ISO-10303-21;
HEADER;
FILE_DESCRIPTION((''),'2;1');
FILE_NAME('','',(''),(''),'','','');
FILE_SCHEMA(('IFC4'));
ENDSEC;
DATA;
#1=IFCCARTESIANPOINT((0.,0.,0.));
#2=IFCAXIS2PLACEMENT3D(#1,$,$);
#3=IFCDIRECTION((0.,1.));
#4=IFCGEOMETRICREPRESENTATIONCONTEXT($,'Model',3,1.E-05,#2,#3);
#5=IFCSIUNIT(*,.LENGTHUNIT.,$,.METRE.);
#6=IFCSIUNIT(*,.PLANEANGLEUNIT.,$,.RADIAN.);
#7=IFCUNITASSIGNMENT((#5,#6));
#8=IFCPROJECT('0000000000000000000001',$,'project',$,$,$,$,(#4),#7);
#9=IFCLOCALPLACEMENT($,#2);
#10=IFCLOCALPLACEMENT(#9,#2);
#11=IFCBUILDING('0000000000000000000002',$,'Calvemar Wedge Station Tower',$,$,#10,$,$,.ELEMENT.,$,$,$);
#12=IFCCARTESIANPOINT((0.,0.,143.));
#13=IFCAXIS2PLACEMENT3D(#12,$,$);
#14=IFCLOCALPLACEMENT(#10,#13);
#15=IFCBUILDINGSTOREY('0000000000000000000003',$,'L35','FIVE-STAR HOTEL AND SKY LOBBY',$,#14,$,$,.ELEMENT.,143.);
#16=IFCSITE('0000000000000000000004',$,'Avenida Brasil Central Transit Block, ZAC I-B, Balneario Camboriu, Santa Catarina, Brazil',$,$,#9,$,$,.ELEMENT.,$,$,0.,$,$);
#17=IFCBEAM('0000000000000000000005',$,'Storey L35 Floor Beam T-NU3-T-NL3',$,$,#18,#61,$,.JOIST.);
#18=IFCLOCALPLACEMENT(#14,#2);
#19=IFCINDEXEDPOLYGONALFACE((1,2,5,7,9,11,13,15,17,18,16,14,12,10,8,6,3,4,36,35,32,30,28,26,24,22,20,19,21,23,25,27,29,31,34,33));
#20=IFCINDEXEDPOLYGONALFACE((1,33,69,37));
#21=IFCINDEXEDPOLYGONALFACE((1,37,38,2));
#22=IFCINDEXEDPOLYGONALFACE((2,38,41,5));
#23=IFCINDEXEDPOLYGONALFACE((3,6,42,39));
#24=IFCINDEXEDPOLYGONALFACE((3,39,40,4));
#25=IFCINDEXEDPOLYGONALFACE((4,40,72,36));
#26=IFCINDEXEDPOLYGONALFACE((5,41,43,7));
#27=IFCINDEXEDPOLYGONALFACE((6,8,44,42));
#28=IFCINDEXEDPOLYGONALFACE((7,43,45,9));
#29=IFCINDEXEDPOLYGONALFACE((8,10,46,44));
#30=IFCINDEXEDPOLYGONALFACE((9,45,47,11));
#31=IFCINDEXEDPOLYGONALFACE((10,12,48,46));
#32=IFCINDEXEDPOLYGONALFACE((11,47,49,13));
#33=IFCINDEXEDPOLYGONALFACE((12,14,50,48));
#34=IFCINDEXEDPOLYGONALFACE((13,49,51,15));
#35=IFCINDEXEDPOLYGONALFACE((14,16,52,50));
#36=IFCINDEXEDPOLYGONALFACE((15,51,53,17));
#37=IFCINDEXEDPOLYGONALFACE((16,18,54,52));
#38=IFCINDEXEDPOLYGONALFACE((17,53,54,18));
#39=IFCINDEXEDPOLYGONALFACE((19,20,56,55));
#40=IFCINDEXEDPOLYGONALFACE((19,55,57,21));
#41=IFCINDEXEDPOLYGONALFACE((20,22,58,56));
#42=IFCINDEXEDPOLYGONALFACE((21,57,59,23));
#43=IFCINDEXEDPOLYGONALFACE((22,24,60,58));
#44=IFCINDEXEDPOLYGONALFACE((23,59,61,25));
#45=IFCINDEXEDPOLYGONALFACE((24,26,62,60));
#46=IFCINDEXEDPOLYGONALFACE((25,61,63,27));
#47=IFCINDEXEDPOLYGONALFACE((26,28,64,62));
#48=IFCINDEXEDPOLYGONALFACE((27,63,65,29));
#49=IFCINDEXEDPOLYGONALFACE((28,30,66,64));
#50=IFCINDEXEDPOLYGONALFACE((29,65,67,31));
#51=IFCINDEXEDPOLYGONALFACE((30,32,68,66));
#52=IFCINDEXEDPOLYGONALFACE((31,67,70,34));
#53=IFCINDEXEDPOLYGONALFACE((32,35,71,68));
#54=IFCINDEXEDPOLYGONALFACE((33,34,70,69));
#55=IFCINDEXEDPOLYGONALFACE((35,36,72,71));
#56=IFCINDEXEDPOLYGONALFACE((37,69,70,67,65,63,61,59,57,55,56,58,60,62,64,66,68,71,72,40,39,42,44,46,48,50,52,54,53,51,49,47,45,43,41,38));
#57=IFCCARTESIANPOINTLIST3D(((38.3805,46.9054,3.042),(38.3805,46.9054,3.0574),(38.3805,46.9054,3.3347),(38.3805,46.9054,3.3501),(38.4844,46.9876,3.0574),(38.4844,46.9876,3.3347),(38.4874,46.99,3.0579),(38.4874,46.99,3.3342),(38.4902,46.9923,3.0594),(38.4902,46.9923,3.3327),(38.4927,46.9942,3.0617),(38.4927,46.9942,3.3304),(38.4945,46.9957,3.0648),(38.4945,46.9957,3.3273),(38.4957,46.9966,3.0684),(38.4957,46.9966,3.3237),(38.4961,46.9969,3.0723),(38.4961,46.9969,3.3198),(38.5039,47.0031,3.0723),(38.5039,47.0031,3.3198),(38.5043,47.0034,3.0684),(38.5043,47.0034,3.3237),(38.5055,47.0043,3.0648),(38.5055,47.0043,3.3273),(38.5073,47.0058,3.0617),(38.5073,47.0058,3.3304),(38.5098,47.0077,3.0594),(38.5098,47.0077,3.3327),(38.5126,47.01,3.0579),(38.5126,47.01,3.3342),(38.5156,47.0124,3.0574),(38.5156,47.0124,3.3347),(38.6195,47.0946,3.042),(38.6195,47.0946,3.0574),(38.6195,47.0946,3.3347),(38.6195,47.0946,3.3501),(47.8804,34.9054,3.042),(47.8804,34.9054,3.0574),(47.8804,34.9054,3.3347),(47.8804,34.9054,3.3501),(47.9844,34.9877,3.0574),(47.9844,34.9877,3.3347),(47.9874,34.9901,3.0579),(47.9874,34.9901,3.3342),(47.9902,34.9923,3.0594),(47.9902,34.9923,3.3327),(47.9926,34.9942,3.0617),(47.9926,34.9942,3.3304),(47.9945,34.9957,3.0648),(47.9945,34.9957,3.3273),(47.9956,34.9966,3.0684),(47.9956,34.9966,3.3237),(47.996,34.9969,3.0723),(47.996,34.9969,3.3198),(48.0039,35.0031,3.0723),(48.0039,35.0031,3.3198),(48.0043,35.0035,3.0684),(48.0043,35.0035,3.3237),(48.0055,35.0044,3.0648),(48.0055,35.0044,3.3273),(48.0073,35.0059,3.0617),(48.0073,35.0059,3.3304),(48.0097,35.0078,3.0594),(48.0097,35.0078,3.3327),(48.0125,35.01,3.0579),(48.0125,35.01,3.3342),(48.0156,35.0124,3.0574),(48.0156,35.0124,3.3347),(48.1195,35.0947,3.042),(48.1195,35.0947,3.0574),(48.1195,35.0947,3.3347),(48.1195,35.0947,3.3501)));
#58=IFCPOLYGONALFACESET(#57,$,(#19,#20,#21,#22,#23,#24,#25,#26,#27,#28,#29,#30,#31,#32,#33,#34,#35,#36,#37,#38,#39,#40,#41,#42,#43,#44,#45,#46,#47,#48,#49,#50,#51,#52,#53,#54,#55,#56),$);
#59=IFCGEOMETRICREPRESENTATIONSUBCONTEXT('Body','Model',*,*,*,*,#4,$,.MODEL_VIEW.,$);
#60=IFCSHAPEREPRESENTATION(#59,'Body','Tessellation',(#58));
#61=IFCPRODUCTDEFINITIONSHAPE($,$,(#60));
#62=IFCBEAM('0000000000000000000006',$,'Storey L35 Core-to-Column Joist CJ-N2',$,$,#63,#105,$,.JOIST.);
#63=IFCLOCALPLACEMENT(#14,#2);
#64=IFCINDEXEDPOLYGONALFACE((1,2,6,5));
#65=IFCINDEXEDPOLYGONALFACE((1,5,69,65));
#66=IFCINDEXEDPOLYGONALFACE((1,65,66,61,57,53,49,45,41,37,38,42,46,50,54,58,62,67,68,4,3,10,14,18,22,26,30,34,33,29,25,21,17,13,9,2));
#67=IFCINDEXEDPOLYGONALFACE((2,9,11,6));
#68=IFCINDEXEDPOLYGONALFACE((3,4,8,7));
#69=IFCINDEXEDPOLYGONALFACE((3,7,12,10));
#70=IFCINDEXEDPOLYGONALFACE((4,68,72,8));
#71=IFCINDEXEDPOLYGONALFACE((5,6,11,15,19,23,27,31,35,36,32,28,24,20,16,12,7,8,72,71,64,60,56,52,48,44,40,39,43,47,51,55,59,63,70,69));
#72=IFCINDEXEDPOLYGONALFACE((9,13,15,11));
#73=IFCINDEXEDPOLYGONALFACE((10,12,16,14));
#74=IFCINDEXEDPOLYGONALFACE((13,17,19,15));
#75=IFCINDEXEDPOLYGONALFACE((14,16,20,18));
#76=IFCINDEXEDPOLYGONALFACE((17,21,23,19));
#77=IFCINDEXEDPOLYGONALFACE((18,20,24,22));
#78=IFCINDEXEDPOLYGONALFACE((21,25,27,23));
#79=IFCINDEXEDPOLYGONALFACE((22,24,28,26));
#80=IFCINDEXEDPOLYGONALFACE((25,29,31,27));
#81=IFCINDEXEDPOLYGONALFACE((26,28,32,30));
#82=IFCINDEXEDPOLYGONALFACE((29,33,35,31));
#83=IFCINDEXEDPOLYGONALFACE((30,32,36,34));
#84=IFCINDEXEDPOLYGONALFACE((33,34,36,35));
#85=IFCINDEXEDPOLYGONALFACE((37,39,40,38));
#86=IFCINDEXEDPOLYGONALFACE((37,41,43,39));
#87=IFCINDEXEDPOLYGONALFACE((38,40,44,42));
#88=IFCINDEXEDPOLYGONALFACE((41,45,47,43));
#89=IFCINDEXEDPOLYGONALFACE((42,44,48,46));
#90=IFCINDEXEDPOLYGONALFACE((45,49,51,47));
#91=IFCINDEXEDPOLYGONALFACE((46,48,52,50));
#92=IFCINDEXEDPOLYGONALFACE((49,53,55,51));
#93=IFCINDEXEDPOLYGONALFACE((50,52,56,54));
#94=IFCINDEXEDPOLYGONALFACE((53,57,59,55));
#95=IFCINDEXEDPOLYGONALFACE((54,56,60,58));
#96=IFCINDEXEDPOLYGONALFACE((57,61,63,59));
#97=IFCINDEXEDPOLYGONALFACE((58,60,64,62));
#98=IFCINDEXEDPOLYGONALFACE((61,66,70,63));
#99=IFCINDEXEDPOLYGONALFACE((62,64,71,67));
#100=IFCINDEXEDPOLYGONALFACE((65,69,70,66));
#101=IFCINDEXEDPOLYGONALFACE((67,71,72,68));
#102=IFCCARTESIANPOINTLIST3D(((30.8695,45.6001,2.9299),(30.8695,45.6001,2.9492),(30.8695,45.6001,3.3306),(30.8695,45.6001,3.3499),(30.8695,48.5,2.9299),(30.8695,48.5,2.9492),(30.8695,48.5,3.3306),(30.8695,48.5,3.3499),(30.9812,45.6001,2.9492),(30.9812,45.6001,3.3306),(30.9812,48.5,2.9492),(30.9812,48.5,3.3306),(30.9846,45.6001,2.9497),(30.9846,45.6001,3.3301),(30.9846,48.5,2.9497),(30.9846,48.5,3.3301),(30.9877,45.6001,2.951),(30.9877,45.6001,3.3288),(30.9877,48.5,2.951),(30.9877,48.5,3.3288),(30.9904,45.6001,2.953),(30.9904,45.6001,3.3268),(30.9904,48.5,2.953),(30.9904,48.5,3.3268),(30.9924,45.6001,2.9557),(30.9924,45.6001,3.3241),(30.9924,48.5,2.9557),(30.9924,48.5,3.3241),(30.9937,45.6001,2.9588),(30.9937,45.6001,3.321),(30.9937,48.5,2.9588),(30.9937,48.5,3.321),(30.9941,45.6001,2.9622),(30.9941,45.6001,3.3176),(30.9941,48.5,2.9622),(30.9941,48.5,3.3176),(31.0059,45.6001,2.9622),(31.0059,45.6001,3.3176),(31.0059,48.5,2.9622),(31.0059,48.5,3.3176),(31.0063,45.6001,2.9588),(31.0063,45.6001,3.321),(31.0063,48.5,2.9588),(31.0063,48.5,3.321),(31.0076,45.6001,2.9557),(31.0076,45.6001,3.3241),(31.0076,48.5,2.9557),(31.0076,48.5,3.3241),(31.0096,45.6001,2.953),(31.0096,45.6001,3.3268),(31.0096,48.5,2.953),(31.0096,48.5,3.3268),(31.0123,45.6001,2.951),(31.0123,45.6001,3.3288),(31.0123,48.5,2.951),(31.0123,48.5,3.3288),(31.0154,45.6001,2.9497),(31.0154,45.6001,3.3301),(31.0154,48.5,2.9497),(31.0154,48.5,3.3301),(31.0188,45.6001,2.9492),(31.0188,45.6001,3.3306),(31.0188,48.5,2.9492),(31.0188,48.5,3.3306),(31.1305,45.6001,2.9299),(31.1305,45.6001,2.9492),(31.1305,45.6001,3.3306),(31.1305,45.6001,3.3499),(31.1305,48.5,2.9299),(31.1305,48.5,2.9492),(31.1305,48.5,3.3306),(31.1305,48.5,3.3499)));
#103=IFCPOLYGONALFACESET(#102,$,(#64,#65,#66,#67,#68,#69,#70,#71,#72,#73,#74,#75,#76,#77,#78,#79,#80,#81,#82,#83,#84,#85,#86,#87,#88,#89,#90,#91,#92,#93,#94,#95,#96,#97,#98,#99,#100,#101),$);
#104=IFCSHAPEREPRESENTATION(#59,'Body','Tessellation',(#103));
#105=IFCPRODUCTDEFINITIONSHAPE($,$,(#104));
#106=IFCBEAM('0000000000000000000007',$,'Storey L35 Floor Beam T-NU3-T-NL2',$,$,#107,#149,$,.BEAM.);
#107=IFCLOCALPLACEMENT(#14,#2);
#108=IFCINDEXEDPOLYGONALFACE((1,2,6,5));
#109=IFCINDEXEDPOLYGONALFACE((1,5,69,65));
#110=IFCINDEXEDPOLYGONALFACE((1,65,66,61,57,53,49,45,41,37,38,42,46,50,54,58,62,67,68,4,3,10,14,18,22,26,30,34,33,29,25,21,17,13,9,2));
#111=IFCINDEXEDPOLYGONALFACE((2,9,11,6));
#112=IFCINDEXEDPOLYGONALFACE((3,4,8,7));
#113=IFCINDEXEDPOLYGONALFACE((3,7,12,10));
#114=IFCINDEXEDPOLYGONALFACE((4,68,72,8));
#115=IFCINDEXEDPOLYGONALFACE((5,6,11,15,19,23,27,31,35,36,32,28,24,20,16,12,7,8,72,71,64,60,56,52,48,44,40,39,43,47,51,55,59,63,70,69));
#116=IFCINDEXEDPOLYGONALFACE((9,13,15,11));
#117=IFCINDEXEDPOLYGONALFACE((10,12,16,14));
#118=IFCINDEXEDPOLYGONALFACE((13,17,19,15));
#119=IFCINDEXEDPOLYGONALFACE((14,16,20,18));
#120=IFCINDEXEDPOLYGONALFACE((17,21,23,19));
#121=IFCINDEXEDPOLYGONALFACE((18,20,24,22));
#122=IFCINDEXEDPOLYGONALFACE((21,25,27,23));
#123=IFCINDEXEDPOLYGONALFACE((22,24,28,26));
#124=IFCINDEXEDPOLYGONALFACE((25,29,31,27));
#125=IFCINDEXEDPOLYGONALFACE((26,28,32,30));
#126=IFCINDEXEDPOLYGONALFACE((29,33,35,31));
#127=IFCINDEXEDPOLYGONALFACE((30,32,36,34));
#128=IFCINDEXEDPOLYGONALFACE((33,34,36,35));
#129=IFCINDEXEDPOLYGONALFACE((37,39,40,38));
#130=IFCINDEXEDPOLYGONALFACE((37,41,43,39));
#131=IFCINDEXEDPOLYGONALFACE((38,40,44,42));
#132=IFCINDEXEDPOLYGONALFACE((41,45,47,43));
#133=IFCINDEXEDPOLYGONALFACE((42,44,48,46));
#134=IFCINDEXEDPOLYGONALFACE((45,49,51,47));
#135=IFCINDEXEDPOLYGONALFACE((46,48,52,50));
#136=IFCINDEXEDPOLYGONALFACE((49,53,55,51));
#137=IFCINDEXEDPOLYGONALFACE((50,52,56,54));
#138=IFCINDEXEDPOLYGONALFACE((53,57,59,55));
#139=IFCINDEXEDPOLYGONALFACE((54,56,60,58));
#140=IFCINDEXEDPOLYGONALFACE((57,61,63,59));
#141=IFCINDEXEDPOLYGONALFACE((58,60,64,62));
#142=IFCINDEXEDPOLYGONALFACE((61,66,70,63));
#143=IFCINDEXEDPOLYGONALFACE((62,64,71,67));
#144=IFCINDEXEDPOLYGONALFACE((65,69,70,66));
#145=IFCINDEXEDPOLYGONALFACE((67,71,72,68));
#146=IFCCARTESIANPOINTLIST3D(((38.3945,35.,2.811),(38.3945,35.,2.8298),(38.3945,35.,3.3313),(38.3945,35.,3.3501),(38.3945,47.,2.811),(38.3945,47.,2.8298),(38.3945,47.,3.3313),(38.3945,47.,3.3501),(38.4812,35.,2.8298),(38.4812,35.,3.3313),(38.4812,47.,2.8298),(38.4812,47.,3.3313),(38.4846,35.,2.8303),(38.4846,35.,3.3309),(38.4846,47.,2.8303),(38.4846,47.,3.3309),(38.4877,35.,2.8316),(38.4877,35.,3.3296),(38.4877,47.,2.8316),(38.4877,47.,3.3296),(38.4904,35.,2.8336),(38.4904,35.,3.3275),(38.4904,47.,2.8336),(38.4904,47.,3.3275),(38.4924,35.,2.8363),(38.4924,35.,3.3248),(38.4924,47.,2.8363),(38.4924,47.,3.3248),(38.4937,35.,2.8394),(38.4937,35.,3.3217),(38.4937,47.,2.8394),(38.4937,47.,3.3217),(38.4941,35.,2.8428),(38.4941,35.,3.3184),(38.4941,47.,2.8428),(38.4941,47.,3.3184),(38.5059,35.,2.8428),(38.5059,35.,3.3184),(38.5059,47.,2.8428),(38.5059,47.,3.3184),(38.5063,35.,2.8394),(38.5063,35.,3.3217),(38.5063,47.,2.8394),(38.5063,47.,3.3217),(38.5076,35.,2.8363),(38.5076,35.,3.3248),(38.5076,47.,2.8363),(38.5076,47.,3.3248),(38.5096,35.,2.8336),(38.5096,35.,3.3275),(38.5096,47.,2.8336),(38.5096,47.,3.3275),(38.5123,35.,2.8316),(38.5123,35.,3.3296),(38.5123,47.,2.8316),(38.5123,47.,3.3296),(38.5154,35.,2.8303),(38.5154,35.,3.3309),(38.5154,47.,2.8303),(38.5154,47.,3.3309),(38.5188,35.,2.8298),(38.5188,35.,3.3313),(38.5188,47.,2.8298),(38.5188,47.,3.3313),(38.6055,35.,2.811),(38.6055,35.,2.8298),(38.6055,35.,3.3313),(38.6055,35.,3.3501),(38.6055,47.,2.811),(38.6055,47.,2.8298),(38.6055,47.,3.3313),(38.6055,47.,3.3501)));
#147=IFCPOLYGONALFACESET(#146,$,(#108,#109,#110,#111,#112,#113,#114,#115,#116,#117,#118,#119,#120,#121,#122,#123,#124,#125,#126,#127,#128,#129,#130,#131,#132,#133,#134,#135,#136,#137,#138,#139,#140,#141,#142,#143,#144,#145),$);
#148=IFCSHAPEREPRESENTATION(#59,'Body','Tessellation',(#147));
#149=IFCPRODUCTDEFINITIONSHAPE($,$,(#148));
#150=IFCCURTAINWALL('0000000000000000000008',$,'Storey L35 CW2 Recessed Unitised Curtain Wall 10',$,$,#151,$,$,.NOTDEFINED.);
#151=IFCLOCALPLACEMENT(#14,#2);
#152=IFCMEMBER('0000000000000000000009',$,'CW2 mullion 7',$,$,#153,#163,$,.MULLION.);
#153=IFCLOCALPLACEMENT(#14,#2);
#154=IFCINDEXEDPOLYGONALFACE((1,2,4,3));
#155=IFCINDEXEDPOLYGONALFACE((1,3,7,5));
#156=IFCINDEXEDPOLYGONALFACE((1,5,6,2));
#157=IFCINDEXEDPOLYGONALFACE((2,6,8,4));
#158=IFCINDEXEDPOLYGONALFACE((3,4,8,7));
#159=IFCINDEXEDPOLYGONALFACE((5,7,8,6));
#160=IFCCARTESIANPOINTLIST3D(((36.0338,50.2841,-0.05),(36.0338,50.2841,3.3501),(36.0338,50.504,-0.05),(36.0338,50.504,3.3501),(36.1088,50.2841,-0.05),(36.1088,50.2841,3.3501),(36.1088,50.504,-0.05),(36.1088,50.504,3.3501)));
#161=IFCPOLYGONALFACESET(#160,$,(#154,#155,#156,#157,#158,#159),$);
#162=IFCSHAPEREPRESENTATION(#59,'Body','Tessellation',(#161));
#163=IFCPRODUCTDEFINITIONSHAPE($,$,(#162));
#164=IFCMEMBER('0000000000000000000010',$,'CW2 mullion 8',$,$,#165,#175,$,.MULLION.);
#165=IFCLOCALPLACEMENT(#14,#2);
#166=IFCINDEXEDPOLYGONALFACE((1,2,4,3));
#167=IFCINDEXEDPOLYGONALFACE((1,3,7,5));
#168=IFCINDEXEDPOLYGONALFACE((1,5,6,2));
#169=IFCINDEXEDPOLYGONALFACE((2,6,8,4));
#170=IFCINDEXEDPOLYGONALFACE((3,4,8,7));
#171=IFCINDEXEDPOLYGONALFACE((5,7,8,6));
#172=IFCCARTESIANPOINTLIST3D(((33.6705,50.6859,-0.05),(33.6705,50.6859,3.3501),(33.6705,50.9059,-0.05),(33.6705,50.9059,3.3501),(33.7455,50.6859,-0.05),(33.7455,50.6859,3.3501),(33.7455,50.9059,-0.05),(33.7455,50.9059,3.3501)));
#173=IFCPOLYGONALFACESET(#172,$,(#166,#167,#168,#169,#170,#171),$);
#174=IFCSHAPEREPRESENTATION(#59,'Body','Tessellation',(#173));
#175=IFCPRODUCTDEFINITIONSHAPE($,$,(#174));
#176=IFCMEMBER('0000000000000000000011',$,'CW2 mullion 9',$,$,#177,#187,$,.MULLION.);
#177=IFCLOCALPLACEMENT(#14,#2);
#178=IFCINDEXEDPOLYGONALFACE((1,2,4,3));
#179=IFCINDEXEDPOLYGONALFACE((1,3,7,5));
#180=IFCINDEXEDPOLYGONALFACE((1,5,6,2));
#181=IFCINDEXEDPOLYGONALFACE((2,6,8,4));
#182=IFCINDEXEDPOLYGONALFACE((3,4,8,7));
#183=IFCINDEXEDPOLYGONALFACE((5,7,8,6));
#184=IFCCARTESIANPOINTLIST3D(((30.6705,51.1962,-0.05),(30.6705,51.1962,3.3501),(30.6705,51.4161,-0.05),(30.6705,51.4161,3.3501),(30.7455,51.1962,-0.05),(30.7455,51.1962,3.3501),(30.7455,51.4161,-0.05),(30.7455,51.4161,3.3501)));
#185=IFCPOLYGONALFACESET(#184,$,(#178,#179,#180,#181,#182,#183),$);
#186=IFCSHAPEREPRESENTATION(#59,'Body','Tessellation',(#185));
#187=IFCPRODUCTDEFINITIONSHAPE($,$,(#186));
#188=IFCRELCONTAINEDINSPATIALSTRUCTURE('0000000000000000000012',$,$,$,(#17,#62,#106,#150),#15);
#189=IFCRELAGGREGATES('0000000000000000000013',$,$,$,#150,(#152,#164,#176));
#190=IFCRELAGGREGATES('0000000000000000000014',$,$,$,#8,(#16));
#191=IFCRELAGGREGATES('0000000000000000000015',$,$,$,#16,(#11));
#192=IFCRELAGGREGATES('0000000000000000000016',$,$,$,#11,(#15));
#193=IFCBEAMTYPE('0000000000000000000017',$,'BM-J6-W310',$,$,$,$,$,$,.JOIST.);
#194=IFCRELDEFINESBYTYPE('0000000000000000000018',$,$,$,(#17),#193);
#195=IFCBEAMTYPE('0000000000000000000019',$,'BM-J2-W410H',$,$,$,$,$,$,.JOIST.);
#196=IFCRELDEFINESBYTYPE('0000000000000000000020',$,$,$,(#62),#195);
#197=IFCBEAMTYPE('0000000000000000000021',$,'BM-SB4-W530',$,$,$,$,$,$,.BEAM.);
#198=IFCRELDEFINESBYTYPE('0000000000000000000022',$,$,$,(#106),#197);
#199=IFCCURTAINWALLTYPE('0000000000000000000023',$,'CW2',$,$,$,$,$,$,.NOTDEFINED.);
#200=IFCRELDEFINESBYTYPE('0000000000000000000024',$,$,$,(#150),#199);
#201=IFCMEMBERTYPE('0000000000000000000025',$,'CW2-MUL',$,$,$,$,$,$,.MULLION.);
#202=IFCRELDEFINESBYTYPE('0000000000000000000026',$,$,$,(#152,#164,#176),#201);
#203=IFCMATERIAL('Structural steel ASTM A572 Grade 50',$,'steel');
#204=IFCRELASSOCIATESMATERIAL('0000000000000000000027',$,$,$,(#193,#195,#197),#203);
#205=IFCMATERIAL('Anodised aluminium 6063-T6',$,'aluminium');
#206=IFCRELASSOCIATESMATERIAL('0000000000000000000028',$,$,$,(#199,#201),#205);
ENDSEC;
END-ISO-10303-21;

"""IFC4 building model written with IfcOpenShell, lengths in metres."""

from ifc_helpers import new_model, si_unit, direction, frame, origin, origin_2d, place, context, subcontext, project, spatial, rectangle, i_section, extrude, source, transform, mapped, material, material_profile, profile_set, type_object, element, aggregate, save


model = new_model("IFC4")

# Units and contexts
model_context = context("Model", 3, precision=1e-05, world=origin(), true_north=direction((0.0, 1.0)))
body_context = subcontext(model_context, "Body", "Model", "MODEL_VIEW")
ifc_project = project(units=[si_unit("LENGTHUNIT", "METRE"), si_unit("PLANEANGLEUNIT", "RADIAN")], contexts=[model_context])

# Site, building, storey
site_placement = place(None, origin())
site = spatial("IfcSite", under=ifc_project, at=site_placement, Name="Avenida Brasil Central Transit Block, ZAC I-B, Balneario Camboriu, Santa Catarina, Brazil", CompositionType="ELEMENT", RefElevation=0.0)
building_placement = place(site_placement, origin())
building = spatial("IfcBuilding", under=site, at=building_placement, Name="Calvemar Wedge Station Tower", CompositionType="ELEMENT")
storey_placement = place(building_placement, frame((0.0, 0.0, 143.0)))
storey = spatial("IfcBuildingStorey", under=building, at=storey_placement, Name="L35", Description="FIVE-STAR HOTEL AND SKY LOBBY", CompositionType="ELEMENT", Elevation=143.0)

# Beams
ifc_material_1 = material(Name="Structural steel ASTM A572 Grade 50", Category="steel")
ifc_material_profile_1 = material_profile(ifc_material_1, i_section(OverallWidth=0.3049, OverallDepth=0.3081, WebThickness=0.01, FlangeThickness=0.0154, FilletRadius=0.0149, at=origin_2d()), Name="W310x97")
ifc_profile_set_1 = profile_set([ifc_material_profile_1], Name="Structural steel ASTM A572 Grade 50")
beam_type_1 = type_object("IfcBeamType", Name="BM-J6-W310", PredefinedType="JOIST", material=ifc_profile_set_1)
ifc_material_profile_2 = material_profile(ifc_material_1, i_section(OverallWidth=0.261, OverallDepth=0.4199, WebThickness=0.0117, FlangeThickness=0.0193, FilletRadius=0.0129, at=origin_2d()), Name="W410x114")
ifc_profile_set_2 = profile_set([ifc_material_profile_2], Name="Structural steel ASTM A572 Grade 50")
beam_type_2 = type_object("IfcBeamType", Name="BM-J2-W410H", PredefinedType="JOIST", material=ifc_profile_set_2)
shared_shape_1 = source(origin(), body_context, "Body", "SweptSolid", [
    extrude(i_section(OverallWidth=0.3049, OverallDepth=0.3081, WebThickness=0.01, FlangeThickness=0.0154, FilletRadius=0.0149, at=origin_2d()), origin(), (0.0, 0.0, 1.0), 15.3052),
])
beam_1_placement = place(storey_placement, frame((38.5, 47.0, 3.196), z_axis=(0.620703, -0.784046, 0.0), x_axis=(0.784046, 0.620703, 0.0)))
element("IfcBeam", 1, at=beam_1_placement, inside=storey, type_object=beam_type_1, Name="Storey L35 Floor Beam T-NU3-T-NL3", PredefinedType="JOIST", context=body_context, shape_type="MappedRepresentation", body=[
    mapped(shared_shape_1, transform((0.0, 0.0, 0.0), scale=1.0)),
])
shared_shape_2 = source(origin(), body_context, "Body", "SweptSolid", [
    extrude(i_section(OverallWidth=0.261, OverallDepth=0.4199, WebThickness=0.0117, FlangeThickness=0.0193, FilletRadius=0.0129, at=origin_2d()), origin(), (0.0, 0.0, 1.0), 2.8999),
])
beam_2_placement = place(storey_placement, frame((31.0, 45.6001, 3.1399), z_axis=(0.0, 1.0, 0.0), x_axis=(-1.0, 0.0, 0.0)))
element("IfcBeam", 2, at=beam_2_placement, inside=storey, type_object=beam_type_2, Name="Storey L35 Core-to-Column Joist CJ-N2", PredefinedType="JOIST", context=body_context, shape_type="MappedRepresentation", body=[
    mapped(shared_shape_2, transform((0.0, 0.0, 0.0), scale=1.0)),
])
ifc_material_profile_3 = material_profile(ifc_material_1, i_section(OverallWidth=0.2109, OverallDepth=0.5391, WebThickness=0.0117, FlangeThickness=0.0188, FilletRadius=0.0129, at=origin_2d()), Name="W530x109")
ifc_profile_set_3 = profile_set([ifc_material_profile_3], Name="Structural steel ASTM A572 Grade 50")
beam_type_3 = type_object("IfcBeamType", Name="BM-SB4-W530", PredefinedType="BEAM", material=ifc_profile_set_3)
shared_shape_3 = source(origin(), body_context, "Body", "SweptSolid", [
    extrude(i_section(OverallWidth=0.2109, OverallDepth=0.5391, WebThickness=0.0117, FlangeThickness=0.0188, FilletRadius=0.0129, at=origin_2d()), origin(), (0.0, 0.0, 1.0), 12.0),
])
beam_3_placement = place(storey_placement, frame((38.5, 47.0, 3.0806), z_axis=(0.0, -1.0, 0.0), x_axis=(1.0, 0.0, 0.0)))
element("IfcBeam", 3, at=beam_3_placement, inside=storey, type_object=beam_type_3, Name="Storey L35 Floor Beam T-NU3-T-NL2", PredefinedType="BEAM", context=body_context, shape_type="MappedRepresentation", body=[
    mapped(shared_shape_3, transform((0.0, 0.0, 0.0), scale=1.0)),
])

# Curtain wall, members
ifc_material_2 = material(Name="Anodised aluminium 6063-T6", Category="aluminium")
curtain_wall_type = type_object("IfcCurtainWallType", Name="CW2", PredefinedType="NOTDEFINED", material=ifc_material_2)
curtain_wall_placement = place(storey_placement, origin())
curtain_wall = element("IfcCurtainWall", 4, at=curtain_wall_placement, inside=storey, type_object=curtain_wall_type, Name="Storey L35 CW2 Recessed Unitised Curtain Wall 10", PredefinedType="NOTDEFINED")
ifc_material_profile_4 = material_profile(ifc_material_2, rectangle(XDim=0.075, YDim=0.22, at=origin_2d()), Name="AL-MUL-75x220")
ifc_profile_set_4 = profile_set([ifc_material_profile_4], Name="Anodised aluminium 6063-T6")
member_type = type_object("IfcMemberType", Name="CW2-MUL", PredefinedType="MULLION", material=ifc_profile_set_4)
shared_shape_4 = source(origin(), body_context, "Body", "SweptSolid", [
    extrude(rectangle(XDim=0.075, YDim=0.22, at=origin_2d()), origin(), (0.0, 0.0, 1.0), 3.4001),
])
member_1_placement = place(storey_placement, frame((36.0713, 50.394, -0.05), z_axis=(0.0, 0.0, 1.0), x_axis=(1.0, 0.0, 0.0)))
member_1 = element("IfcMember", 5, at=member_1_placement, type_object=member_type, Name="CW2 mullion 7", PredefinedType="MULLION", context=body_context, shape_type="MappedRepresentation", body=[
    mapped(shared_shape_4, transform((0.0, 0.0, 0.0), scale=1.0)),
])
member_2_placement = place(storey_placement, frame((33.708, 50.7959, -0.05), z_axis=(0.0, 0.0, 1.0), x_axis=(1.0, 0.0, 0.0)))
member_2 = element("IfcMember", 6, at=member_2_placement, type_object=member_type, Name="CW2 mullion 8", PredefinedType="MULLION", context=body_context, shape_type="MappedRepresentation", body=[
    mapped(shared_shape_4, transform((0.0, 0.0, 0.0), scale=1.0)),
])
member_3_placement = place(storey_placement, frame((30.708, 51.3062, -0.05), z_axis=(0.0, 0.0, 1.0), x_axis=(1.0, 0.0, 0.0)))
member_3 = element("IfcMember", 7, at=member_3_placement, type_object=member_type, Name="CW2 mullion 9", PredefinedType="MULLION", context=body_context, shape_type="MappedRepresentation", body=[
    mapped(shared_shape_4, transform((0.0, 0.0, 0.0), scale=1.0)),
])
aggregate(curtain_wall, [member_1, member_2, member_3])

save(model, "model.ifc")
